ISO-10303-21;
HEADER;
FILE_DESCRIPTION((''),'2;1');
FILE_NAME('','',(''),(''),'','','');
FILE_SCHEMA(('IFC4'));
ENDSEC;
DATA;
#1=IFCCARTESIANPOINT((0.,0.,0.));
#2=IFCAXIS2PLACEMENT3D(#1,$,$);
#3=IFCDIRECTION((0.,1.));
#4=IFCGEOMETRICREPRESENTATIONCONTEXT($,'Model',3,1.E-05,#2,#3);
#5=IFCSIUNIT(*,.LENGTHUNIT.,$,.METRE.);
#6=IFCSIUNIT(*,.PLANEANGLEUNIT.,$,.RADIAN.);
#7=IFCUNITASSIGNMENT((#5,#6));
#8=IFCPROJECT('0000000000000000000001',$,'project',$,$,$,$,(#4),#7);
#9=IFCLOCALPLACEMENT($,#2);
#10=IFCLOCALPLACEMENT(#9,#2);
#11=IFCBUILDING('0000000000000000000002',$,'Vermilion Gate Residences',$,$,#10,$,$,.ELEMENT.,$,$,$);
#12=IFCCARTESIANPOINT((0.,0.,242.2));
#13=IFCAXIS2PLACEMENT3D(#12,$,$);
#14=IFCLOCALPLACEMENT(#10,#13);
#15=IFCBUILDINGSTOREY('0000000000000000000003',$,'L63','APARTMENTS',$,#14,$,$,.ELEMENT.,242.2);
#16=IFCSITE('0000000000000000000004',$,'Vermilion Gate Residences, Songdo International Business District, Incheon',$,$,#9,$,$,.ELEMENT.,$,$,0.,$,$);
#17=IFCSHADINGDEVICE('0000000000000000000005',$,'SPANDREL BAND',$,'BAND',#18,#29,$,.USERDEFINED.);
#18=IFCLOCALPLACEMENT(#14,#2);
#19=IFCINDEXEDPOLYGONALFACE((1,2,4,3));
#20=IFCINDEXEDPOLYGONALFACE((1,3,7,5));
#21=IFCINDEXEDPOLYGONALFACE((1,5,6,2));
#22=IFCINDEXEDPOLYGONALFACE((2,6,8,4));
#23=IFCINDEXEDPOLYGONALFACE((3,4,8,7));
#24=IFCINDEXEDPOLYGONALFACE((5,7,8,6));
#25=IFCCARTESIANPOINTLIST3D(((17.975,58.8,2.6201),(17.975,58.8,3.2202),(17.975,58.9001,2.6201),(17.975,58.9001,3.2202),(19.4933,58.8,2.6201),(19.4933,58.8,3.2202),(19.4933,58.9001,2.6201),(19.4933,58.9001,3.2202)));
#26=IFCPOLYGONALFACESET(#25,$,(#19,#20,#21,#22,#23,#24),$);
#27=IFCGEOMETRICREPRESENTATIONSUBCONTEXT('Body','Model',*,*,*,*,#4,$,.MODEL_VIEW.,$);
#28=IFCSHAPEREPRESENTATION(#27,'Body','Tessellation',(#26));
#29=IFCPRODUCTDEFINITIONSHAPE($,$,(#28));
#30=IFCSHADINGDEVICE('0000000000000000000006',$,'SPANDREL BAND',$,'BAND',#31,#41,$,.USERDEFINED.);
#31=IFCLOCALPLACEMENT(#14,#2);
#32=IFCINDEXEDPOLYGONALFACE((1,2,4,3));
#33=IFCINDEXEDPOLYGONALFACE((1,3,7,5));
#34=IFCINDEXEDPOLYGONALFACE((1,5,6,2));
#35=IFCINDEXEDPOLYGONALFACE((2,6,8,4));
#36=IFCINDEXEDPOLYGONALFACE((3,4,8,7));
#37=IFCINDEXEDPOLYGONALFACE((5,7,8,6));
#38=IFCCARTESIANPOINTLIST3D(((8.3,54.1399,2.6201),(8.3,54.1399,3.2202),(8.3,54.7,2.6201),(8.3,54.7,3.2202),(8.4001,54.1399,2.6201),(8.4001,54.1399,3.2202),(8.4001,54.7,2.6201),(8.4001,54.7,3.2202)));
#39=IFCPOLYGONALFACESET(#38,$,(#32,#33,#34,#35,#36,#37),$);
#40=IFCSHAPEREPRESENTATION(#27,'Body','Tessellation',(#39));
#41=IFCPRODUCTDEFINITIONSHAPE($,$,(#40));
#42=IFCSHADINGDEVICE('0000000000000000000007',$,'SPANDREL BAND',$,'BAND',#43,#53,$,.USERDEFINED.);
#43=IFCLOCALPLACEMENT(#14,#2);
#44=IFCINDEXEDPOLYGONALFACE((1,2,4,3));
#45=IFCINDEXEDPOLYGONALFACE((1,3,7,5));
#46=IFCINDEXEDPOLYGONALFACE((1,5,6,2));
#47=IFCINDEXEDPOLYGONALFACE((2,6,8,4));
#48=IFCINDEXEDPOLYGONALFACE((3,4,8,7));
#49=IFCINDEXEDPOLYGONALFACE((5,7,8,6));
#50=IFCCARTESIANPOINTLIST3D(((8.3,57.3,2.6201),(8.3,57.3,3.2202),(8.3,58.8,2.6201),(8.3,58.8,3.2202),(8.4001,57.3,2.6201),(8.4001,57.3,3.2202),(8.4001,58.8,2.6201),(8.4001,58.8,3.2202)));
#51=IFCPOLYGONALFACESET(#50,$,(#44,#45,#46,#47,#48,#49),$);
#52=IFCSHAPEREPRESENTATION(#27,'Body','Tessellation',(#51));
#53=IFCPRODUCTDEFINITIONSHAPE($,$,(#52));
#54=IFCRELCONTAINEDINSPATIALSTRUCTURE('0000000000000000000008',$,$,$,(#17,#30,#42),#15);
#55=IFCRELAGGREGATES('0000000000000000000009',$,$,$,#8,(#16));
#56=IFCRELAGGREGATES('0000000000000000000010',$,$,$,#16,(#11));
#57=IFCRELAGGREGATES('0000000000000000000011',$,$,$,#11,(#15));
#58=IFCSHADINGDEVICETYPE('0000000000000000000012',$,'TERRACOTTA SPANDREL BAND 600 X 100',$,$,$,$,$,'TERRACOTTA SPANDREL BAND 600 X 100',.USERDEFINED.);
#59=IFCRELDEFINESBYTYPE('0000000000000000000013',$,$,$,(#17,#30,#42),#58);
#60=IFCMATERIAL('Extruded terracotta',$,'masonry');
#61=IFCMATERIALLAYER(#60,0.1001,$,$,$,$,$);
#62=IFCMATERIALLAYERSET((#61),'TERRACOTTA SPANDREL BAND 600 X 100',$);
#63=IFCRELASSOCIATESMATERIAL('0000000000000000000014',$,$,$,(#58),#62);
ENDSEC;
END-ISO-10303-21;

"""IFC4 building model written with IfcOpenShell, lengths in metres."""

from ifc_helpers import new_model, si_unit, direction, frame, origin, origin_2d, place, context, subcontext, project, spatial, rectangle, extrude, material, layer, layer_set, type_object, element, save


model = new_model("IFC4")

# Units and contexts
model_context = context("Model", 3, precision=1e-05, world=origin(), true_north=direction((0.0, 1.0)))
body_context = subcontext(model_context, "Body", "Model", "MODEL_VIEW")
ifc_project = project(units=[si_unit("LENGTHUNIT", "METRE"), si_unit("PLANEANGLEUNIT", "RADIAN")], contexts=[model_context])

# Site, building, storey
site_placement = place(None, origin())
site = spatial("IfcSite", under=ifc_project, at=site_placement, Name="Vermilion Gate Residences, Songdo International Business District, Incheon", CompositionType="ELEMENT", RefElevation=0.0)
building_placement = place(site_placement, origin())
building = spatial("IfcBuilding", under=site, at=building_placement, Name="Vermilion Gate Residences", CompositionType="ELEMENT")
storey_placement = place(building_placement, frame((0.0, 0.0, 242.2)))
storey = spatial("IfcBuildingStorey", under=building, at=storey_placement, Name="L63", Description="APARTMENTS", CompositionType="ELEMENT", Elevation=242.2)

# Shading devices
ifc_material_1 = material(Name="Extruded terracotta", Category="masonry")
ifc_layer_1 = layer(ifc_material_1, 0.1001)
ifc_layer_set_1 = layer_set([ifc_layer_1], Name="TERRACOTTA SPANDREL BAND 600 X 100")
shading_device_type = type_object("IfcShadingDeviceType", Name="TERRACOTTA SPANDREL BAND 600 X 100", ElementType="TERRACOTTA SPANDREL BAND 600 X 100", PredefinedType="USERDEFINED", material=ifc_layer_set_1)
shading_device_1_placement = place(storey_placement, frame((18.7341, 58.8501, 2.6201), z_axis=(0.0, 0.0, 1.0), x_axis=(1.0, 0.0, 0.0)))
element("IfcShadingDevice", 1, at=shading_device_1_placement, inside=storey, type_object=shading_device_type, Name="SPANDREL BAND", ObjectType="BAND", PredefinedType="USERDEFINED", context=body_context, shape_type="SweptSolid", body=[
    extrude(rectangle(XDim=1.5183, YDim=0.1001, at=origin_2d()), origin(), (0.0, 0.0, 1.0), 0.6001),
])
shading_device_2_placement = place(storey_placement, frame((8.3501, 54.4199, 2.6201), z_axis=(0.0, 0.0, 1.0), x_axis=(0.0, 1.0, 0.0)))
element("IfcShadingDevice", 2, at=shading_device_2_placement, inside=storey, type_object=shading_device_type, Name="SPANDREL BAND", ObjectType="BAND", PredefinedType="USERDEFINED", context=body_context, shape_type="SweptSolid", body=[
    extrude(rectangle(XDim=0.5601, YDim=0.1001, at=origin_2d()), origin(), (0.0, 0.0, 1.0), 0.6001),
])
shading_device_3_placement = place(storey_placement, frame((8.3501, 58.05, 2.6201), z_axis=(0.0, 0.0, 1.0), x_axis=(0.0, 1.0, 0.0)))
element("IfcShadingDevice", 3, at=shading_device_3_placement, inside=storey, type_object=shading_device_type, Name="SPANDREL BAND", ObjectType="BAND", PredefinedType="USERDEFINED", context=body_context, shape_type="SweptSolid", body=[
    extrude(rectangle(XDim=1.5, YDim=0.1001, at=origin_2d()), origin(), (0.0, 0.0, 1.0), 0.6001),
])

save(model, "model.ifc")
